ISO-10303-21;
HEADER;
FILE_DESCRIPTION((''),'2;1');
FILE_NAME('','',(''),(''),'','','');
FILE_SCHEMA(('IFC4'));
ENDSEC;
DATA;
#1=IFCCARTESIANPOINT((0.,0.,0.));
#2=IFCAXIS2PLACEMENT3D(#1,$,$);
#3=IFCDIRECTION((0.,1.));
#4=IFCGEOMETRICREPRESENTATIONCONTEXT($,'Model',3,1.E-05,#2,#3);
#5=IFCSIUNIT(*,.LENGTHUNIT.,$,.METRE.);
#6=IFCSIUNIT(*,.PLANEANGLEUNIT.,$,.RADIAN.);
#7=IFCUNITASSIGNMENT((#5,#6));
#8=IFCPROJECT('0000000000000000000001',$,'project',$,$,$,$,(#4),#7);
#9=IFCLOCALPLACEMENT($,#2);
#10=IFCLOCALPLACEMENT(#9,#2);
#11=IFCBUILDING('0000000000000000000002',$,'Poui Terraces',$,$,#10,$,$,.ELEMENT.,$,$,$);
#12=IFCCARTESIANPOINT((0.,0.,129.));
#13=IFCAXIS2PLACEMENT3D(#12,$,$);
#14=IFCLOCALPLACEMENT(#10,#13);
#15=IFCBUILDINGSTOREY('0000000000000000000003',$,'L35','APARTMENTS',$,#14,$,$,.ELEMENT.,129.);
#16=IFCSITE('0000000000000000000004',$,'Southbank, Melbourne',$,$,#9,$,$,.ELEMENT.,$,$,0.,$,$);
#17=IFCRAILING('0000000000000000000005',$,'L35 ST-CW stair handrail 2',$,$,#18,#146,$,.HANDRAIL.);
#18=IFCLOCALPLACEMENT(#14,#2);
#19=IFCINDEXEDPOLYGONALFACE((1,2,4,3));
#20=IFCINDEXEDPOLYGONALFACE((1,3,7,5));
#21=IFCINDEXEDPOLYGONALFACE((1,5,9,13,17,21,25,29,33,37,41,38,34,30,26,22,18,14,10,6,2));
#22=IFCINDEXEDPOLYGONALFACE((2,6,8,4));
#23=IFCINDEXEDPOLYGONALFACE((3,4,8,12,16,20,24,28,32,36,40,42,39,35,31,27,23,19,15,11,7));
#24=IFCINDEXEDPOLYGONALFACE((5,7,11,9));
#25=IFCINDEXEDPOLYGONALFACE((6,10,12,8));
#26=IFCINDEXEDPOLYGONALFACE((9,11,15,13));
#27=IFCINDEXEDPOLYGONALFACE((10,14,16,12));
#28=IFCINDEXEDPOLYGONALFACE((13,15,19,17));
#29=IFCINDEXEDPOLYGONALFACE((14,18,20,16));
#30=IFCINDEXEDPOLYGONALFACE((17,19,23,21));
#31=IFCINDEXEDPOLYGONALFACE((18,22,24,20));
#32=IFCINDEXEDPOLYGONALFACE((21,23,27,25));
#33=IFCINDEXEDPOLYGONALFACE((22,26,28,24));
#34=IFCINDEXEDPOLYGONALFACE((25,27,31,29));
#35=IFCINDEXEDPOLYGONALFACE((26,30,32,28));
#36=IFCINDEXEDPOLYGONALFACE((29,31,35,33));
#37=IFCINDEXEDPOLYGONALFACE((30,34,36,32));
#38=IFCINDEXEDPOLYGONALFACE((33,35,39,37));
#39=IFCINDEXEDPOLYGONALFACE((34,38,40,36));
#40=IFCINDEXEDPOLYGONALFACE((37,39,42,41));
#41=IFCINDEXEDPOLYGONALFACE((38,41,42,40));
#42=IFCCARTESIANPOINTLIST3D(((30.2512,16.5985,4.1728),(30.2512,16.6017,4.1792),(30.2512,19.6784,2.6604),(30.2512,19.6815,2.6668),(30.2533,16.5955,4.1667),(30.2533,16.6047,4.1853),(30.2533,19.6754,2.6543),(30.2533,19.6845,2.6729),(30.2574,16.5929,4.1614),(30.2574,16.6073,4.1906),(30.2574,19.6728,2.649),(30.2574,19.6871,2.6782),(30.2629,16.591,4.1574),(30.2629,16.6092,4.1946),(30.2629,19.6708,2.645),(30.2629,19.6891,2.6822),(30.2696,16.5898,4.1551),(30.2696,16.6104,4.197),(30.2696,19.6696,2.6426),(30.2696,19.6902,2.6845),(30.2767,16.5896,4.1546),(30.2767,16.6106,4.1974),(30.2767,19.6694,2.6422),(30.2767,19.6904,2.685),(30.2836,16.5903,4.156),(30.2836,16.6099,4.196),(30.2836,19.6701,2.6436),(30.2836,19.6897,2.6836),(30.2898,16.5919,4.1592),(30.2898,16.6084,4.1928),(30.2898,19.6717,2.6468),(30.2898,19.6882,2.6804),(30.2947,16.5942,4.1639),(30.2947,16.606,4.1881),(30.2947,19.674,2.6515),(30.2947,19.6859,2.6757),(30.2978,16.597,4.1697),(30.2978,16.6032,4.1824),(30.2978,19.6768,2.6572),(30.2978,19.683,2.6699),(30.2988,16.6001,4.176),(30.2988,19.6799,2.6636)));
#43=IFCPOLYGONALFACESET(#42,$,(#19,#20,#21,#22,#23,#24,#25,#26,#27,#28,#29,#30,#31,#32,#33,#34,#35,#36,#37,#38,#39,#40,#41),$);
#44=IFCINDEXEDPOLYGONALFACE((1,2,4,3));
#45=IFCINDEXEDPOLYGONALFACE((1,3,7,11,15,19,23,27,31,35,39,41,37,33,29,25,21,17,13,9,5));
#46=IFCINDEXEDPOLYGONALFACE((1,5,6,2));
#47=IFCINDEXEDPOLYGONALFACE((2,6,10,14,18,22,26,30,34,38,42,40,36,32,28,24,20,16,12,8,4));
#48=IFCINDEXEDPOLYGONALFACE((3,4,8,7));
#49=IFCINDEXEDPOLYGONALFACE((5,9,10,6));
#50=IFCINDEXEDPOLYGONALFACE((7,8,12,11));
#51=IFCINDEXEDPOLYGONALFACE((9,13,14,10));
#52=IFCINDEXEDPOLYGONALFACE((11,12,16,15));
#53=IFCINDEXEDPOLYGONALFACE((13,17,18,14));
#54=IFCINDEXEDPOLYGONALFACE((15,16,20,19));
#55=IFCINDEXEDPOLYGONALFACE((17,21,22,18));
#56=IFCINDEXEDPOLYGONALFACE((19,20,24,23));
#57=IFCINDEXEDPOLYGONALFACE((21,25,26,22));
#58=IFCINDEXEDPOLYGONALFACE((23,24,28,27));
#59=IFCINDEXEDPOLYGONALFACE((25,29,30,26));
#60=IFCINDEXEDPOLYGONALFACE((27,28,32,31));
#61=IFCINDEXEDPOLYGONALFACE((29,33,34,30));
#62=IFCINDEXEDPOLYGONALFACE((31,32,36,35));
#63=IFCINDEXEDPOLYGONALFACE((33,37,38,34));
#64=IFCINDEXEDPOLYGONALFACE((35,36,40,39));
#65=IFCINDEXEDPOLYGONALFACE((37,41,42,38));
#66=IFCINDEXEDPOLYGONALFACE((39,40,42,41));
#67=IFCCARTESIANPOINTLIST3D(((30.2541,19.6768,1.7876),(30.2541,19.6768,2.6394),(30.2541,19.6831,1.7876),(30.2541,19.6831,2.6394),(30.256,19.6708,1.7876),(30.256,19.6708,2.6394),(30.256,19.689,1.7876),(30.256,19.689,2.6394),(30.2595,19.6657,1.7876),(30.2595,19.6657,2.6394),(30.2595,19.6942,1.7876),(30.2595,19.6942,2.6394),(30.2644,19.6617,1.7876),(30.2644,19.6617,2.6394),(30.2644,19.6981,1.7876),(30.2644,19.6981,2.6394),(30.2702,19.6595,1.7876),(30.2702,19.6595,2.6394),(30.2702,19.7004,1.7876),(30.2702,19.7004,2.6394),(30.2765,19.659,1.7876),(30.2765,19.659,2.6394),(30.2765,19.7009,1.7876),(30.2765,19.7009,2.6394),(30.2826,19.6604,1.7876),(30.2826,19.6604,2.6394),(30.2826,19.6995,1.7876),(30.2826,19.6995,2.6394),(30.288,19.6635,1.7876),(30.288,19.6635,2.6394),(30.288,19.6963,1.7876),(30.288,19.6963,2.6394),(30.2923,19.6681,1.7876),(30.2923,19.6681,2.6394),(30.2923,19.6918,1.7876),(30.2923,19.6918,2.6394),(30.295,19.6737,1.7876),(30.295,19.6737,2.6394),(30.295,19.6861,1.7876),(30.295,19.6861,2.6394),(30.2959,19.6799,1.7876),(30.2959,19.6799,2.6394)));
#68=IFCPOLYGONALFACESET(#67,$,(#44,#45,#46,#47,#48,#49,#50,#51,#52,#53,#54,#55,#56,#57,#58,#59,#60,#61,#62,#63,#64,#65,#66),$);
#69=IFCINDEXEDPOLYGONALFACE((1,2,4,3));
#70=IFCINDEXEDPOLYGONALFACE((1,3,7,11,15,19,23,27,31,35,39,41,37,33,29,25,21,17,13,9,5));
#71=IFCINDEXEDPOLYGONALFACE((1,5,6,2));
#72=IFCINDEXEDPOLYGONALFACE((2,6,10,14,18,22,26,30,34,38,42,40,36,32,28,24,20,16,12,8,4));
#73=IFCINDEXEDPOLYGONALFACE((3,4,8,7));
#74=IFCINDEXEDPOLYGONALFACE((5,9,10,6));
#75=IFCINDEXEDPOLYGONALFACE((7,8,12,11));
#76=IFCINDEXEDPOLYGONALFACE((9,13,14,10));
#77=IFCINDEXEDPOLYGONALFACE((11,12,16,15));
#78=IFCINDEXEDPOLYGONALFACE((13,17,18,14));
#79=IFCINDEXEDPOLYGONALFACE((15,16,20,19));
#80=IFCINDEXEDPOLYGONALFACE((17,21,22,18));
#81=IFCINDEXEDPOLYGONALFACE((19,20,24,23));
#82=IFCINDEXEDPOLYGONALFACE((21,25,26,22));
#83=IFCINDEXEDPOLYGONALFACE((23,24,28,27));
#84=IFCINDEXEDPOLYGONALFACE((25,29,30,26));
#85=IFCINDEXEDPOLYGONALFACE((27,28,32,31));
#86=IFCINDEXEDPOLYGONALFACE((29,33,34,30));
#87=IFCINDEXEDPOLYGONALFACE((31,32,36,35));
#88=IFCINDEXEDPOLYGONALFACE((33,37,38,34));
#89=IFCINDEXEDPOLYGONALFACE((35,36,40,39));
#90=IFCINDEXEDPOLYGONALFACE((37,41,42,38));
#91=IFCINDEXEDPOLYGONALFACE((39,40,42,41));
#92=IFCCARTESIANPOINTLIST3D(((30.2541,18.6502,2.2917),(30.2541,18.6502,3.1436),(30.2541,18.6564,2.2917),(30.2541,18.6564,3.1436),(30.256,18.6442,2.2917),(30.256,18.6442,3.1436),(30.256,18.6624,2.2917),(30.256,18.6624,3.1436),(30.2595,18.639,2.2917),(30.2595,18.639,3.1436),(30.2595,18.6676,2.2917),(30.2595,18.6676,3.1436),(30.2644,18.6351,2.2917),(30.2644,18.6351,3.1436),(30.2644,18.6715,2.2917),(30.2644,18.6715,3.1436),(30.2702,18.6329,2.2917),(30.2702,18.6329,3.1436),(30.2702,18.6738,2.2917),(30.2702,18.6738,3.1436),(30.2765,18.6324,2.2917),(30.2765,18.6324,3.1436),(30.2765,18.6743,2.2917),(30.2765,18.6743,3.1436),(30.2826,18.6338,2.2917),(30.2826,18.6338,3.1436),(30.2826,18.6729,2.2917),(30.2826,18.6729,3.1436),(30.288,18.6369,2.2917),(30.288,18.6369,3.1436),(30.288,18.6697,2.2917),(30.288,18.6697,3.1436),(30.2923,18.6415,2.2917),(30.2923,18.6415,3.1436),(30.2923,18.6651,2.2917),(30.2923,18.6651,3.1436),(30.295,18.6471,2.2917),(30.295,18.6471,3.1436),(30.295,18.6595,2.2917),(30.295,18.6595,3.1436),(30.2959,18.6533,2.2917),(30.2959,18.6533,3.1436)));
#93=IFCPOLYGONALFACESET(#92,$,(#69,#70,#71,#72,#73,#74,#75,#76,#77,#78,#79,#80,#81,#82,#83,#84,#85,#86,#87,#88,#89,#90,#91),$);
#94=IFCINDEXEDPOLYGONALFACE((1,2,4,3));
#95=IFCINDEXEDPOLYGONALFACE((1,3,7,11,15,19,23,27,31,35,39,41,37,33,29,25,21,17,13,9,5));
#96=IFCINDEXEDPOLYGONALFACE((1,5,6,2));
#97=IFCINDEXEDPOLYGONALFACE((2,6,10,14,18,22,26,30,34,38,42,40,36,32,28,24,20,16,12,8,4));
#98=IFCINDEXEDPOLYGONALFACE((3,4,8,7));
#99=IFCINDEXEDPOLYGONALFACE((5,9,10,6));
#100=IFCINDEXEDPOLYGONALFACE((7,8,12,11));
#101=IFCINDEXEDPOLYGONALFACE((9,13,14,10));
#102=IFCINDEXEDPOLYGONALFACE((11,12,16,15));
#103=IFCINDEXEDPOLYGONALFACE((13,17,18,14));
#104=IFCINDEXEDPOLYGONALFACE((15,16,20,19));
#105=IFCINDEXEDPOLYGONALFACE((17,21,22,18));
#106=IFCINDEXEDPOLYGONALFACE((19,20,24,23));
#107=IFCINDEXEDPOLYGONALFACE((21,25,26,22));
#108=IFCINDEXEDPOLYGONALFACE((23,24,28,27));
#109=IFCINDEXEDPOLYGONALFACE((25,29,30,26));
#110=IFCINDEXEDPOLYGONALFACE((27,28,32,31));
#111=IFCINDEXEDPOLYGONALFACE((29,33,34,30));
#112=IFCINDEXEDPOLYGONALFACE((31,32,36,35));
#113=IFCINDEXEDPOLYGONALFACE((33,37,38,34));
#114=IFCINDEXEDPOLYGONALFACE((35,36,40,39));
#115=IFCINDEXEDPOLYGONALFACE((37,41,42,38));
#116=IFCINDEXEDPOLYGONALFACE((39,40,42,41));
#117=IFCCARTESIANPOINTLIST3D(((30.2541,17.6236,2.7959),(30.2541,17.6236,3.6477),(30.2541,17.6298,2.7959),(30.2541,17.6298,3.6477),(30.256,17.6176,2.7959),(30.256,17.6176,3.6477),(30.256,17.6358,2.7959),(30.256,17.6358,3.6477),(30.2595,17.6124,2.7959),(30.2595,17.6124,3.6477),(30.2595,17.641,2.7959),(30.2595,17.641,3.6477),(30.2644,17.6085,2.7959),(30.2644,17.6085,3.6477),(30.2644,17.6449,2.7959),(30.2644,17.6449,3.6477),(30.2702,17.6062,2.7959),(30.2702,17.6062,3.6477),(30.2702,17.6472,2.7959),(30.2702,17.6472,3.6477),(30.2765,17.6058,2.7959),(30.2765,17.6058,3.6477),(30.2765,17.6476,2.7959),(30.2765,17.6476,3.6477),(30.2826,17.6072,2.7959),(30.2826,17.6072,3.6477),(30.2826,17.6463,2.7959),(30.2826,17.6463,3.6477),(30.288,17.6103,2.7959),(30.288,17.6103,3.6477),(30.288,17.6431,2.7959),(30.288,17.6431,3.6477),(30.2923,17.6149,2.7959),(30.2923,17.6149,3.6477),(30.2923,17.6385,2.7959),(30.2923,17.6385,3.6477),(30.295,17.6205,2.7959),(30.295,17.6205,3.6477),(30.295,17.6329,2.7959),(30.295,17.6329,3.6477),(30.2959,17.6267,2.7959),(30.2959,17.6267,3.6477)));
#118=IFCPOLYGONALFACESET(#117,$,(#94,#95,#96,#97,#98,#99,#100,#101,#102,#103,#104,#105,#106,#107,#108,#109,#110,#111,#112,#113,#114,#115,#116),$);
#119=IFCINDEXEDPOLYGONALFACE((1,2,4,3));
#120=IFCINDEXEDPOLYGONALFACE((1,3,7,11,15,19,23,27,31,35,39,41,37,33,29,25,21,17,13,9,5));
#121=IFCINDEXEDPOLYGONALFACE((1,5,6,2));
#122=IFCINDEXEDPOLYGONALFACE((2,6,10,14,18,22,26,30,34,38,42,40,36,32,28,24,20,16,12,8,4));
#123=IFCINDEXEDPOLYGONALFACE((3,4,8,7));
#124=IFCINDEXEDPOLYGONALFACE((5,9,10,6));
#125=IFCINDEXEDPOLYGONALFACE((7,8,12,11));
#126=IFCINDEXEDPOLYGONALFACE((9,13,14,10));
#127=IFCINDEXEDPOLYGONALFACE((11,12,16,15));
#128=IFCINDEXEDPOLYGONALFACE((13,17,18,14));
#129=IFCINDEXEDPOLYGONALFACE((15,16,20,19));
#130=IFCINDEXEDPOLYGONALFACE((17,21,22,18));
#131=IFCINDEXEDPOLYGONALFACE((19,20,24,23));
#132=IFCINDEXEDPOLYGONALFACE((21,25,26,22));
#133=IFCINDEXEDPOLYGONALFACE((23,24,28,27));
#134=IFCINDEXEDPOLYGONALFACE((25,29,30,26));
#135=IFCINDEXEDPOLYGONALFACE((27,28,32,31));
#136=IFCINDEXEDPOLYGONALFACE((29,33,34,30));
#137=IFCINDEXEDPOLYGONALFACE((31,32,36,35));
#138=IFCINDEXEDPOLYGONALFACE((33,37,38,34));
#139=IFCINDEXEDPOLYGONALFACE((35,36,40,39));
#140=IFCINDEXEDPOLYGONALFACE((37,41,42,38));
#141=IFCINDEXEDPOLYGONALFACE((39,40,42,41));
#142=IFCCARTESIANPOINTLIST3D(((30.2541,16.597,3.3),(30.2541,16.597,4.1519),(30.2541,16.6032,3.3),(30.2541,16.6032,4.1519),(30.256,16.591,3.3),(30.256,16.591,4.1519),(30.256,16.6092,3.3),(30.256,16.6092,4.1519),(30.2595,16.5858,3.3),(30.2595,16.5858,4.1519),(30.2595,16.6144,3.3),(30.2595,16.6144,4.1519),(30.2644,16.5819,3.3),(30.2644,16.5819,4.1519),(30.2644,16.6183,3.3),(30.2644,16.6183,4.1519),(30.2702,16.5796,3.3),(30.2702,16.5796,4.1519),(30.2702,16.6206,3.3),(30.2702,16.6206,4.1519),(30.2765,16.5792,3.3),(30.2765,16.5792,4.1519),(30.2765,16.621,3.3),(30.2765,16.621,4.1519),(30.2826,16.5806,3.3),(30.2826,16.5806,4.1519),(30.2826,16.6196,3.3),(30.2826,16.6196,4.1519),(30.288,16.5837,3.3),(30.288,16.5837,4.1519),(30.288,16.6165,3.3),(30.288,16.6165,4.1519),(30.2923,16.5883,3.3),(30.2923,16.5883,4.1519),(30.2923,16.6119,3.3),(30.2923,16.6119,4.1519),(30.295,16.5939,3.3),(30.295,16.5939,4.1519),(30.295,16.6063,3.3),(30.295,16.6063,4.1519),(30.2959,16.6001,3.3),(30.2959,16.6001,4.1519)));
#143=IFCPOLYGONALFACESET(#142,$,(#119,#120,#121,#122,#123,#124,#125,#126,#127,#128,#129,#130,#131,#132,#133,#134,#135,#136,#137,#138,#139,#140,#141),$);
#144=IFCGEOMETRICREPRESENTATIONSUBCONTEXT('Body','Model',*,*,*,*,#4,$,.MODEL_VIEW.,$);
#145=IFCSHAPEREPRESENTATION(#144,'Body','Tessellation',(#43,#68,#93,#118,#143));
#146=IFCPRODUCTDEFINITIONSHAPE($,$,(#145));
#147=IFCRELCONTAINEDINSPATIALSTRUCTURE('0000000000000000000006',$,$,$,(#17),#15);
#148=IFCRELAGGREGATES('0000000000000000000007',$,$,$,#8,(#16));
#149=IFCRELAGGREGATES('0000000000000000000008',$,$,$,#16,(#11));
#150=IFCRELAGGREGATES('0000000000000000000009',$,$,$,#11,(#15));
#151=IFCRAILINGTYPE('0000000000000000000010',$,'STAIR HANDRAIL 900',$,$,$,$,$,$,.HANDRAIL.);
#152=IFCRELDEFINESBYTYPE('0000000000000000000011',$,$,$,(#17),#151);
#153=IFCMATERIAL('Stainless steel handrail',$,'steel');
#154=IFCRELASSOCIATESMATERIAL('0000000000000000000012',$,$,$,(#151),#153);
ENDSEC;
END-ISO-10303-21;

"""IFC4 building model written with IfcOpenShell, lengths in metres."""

from ifc_helpers import new_model, si_unit, direction, frame, origin, origin_2d, place, context, subcontext, project, spatial, circle, extrude, material, type_object, element, save


model = new_model("IFC4")

# Units and contexts
model_context = context("Model", 3, precision=1e-05, world=origin(), true_north=direction((0.0, 1.0)))
body_context = subcontext(model_context, "Body", "Model", "MODEL_VIEW")
ifc_project = project(units=[si_unit("LENGTHUNIT", "METRE"), si_unit("PLANEANGLEUNIT", "RADIAN")], contexts=[model_context])

# Site, building, storey
site_placement = place(None, origin())
site = spatial("IfcSite", under=ifc_project, at=site_placement, Name="Southbank, Melbourne", CompositionType="ELEMENT", RefElevation=0.0)
building_placement = place(site_placement, origin())
building = spatial("IfcBuilding", under=site, at=building_placement, Name="Poui Terraces", CompositionType="ELEMENT")
storey_placement = place(building_placement, frame((0.0, 0.0, 129.0)))
storey = spatial("IfcBuildingStorey", under=building, at=storey_placement, Name="L35", Description="APARTMENTS", CompositionType="ELEMENT", Elevation=129.0)

# Railing
ifc_material_1 = material(Name="Stainless steel handrail", Category="steel")
railing_type_1 = type_object("IfcRailingType", Name="STAIR HANDRAIL 900", PredefinedType="HANDRAIL", material=ifc_material_1)
railing_1_placement = place(storey_placement, frame((30.2749, 19.6799, 1.7876)))
element("IfcRailing", 1, at=railing_1_placement, inside=storey, type_object=railing_type_1, Name="L35 ST-CW stair handrail 2", PredefinedType="HANDRAIL", context=body_context, shape_type="SweptSolid", body=[
    extrude(circle(Radius=0.0239, at=origin_2d()), frame((0.0, 0.0, 0.876), z_axis=(0.0, -0.897606, 0.440798), x_axis=(1.0, 0.0, 0.0)), (0.0, 0.0, 1.0), 3.4312),
    extrude(circle(Radius=0.021, at=origin_2d()), origin(), (0.0, 0.0, 1.0), 0.8518),
    extrude(circle(Radius=0.021, at=origin_2d()), frame((0.0, -1.0266, 0.5042)), (0.0, 0.0, 1.0), 0.8518),
    extrude(circle(Radius=0.021, at=origin_2d()), frame((0.0, -2.0532, 1.0083)), (0.0, 0.0, 1.0), 0.8518),
    extrude(circle(Radius=0.021, at=origin_2d()), frame((0.0, -3.0798, 1.5125)), (0.0, 0.0, 1.0), 0.8518),
])

save(model, "model.ifc")
